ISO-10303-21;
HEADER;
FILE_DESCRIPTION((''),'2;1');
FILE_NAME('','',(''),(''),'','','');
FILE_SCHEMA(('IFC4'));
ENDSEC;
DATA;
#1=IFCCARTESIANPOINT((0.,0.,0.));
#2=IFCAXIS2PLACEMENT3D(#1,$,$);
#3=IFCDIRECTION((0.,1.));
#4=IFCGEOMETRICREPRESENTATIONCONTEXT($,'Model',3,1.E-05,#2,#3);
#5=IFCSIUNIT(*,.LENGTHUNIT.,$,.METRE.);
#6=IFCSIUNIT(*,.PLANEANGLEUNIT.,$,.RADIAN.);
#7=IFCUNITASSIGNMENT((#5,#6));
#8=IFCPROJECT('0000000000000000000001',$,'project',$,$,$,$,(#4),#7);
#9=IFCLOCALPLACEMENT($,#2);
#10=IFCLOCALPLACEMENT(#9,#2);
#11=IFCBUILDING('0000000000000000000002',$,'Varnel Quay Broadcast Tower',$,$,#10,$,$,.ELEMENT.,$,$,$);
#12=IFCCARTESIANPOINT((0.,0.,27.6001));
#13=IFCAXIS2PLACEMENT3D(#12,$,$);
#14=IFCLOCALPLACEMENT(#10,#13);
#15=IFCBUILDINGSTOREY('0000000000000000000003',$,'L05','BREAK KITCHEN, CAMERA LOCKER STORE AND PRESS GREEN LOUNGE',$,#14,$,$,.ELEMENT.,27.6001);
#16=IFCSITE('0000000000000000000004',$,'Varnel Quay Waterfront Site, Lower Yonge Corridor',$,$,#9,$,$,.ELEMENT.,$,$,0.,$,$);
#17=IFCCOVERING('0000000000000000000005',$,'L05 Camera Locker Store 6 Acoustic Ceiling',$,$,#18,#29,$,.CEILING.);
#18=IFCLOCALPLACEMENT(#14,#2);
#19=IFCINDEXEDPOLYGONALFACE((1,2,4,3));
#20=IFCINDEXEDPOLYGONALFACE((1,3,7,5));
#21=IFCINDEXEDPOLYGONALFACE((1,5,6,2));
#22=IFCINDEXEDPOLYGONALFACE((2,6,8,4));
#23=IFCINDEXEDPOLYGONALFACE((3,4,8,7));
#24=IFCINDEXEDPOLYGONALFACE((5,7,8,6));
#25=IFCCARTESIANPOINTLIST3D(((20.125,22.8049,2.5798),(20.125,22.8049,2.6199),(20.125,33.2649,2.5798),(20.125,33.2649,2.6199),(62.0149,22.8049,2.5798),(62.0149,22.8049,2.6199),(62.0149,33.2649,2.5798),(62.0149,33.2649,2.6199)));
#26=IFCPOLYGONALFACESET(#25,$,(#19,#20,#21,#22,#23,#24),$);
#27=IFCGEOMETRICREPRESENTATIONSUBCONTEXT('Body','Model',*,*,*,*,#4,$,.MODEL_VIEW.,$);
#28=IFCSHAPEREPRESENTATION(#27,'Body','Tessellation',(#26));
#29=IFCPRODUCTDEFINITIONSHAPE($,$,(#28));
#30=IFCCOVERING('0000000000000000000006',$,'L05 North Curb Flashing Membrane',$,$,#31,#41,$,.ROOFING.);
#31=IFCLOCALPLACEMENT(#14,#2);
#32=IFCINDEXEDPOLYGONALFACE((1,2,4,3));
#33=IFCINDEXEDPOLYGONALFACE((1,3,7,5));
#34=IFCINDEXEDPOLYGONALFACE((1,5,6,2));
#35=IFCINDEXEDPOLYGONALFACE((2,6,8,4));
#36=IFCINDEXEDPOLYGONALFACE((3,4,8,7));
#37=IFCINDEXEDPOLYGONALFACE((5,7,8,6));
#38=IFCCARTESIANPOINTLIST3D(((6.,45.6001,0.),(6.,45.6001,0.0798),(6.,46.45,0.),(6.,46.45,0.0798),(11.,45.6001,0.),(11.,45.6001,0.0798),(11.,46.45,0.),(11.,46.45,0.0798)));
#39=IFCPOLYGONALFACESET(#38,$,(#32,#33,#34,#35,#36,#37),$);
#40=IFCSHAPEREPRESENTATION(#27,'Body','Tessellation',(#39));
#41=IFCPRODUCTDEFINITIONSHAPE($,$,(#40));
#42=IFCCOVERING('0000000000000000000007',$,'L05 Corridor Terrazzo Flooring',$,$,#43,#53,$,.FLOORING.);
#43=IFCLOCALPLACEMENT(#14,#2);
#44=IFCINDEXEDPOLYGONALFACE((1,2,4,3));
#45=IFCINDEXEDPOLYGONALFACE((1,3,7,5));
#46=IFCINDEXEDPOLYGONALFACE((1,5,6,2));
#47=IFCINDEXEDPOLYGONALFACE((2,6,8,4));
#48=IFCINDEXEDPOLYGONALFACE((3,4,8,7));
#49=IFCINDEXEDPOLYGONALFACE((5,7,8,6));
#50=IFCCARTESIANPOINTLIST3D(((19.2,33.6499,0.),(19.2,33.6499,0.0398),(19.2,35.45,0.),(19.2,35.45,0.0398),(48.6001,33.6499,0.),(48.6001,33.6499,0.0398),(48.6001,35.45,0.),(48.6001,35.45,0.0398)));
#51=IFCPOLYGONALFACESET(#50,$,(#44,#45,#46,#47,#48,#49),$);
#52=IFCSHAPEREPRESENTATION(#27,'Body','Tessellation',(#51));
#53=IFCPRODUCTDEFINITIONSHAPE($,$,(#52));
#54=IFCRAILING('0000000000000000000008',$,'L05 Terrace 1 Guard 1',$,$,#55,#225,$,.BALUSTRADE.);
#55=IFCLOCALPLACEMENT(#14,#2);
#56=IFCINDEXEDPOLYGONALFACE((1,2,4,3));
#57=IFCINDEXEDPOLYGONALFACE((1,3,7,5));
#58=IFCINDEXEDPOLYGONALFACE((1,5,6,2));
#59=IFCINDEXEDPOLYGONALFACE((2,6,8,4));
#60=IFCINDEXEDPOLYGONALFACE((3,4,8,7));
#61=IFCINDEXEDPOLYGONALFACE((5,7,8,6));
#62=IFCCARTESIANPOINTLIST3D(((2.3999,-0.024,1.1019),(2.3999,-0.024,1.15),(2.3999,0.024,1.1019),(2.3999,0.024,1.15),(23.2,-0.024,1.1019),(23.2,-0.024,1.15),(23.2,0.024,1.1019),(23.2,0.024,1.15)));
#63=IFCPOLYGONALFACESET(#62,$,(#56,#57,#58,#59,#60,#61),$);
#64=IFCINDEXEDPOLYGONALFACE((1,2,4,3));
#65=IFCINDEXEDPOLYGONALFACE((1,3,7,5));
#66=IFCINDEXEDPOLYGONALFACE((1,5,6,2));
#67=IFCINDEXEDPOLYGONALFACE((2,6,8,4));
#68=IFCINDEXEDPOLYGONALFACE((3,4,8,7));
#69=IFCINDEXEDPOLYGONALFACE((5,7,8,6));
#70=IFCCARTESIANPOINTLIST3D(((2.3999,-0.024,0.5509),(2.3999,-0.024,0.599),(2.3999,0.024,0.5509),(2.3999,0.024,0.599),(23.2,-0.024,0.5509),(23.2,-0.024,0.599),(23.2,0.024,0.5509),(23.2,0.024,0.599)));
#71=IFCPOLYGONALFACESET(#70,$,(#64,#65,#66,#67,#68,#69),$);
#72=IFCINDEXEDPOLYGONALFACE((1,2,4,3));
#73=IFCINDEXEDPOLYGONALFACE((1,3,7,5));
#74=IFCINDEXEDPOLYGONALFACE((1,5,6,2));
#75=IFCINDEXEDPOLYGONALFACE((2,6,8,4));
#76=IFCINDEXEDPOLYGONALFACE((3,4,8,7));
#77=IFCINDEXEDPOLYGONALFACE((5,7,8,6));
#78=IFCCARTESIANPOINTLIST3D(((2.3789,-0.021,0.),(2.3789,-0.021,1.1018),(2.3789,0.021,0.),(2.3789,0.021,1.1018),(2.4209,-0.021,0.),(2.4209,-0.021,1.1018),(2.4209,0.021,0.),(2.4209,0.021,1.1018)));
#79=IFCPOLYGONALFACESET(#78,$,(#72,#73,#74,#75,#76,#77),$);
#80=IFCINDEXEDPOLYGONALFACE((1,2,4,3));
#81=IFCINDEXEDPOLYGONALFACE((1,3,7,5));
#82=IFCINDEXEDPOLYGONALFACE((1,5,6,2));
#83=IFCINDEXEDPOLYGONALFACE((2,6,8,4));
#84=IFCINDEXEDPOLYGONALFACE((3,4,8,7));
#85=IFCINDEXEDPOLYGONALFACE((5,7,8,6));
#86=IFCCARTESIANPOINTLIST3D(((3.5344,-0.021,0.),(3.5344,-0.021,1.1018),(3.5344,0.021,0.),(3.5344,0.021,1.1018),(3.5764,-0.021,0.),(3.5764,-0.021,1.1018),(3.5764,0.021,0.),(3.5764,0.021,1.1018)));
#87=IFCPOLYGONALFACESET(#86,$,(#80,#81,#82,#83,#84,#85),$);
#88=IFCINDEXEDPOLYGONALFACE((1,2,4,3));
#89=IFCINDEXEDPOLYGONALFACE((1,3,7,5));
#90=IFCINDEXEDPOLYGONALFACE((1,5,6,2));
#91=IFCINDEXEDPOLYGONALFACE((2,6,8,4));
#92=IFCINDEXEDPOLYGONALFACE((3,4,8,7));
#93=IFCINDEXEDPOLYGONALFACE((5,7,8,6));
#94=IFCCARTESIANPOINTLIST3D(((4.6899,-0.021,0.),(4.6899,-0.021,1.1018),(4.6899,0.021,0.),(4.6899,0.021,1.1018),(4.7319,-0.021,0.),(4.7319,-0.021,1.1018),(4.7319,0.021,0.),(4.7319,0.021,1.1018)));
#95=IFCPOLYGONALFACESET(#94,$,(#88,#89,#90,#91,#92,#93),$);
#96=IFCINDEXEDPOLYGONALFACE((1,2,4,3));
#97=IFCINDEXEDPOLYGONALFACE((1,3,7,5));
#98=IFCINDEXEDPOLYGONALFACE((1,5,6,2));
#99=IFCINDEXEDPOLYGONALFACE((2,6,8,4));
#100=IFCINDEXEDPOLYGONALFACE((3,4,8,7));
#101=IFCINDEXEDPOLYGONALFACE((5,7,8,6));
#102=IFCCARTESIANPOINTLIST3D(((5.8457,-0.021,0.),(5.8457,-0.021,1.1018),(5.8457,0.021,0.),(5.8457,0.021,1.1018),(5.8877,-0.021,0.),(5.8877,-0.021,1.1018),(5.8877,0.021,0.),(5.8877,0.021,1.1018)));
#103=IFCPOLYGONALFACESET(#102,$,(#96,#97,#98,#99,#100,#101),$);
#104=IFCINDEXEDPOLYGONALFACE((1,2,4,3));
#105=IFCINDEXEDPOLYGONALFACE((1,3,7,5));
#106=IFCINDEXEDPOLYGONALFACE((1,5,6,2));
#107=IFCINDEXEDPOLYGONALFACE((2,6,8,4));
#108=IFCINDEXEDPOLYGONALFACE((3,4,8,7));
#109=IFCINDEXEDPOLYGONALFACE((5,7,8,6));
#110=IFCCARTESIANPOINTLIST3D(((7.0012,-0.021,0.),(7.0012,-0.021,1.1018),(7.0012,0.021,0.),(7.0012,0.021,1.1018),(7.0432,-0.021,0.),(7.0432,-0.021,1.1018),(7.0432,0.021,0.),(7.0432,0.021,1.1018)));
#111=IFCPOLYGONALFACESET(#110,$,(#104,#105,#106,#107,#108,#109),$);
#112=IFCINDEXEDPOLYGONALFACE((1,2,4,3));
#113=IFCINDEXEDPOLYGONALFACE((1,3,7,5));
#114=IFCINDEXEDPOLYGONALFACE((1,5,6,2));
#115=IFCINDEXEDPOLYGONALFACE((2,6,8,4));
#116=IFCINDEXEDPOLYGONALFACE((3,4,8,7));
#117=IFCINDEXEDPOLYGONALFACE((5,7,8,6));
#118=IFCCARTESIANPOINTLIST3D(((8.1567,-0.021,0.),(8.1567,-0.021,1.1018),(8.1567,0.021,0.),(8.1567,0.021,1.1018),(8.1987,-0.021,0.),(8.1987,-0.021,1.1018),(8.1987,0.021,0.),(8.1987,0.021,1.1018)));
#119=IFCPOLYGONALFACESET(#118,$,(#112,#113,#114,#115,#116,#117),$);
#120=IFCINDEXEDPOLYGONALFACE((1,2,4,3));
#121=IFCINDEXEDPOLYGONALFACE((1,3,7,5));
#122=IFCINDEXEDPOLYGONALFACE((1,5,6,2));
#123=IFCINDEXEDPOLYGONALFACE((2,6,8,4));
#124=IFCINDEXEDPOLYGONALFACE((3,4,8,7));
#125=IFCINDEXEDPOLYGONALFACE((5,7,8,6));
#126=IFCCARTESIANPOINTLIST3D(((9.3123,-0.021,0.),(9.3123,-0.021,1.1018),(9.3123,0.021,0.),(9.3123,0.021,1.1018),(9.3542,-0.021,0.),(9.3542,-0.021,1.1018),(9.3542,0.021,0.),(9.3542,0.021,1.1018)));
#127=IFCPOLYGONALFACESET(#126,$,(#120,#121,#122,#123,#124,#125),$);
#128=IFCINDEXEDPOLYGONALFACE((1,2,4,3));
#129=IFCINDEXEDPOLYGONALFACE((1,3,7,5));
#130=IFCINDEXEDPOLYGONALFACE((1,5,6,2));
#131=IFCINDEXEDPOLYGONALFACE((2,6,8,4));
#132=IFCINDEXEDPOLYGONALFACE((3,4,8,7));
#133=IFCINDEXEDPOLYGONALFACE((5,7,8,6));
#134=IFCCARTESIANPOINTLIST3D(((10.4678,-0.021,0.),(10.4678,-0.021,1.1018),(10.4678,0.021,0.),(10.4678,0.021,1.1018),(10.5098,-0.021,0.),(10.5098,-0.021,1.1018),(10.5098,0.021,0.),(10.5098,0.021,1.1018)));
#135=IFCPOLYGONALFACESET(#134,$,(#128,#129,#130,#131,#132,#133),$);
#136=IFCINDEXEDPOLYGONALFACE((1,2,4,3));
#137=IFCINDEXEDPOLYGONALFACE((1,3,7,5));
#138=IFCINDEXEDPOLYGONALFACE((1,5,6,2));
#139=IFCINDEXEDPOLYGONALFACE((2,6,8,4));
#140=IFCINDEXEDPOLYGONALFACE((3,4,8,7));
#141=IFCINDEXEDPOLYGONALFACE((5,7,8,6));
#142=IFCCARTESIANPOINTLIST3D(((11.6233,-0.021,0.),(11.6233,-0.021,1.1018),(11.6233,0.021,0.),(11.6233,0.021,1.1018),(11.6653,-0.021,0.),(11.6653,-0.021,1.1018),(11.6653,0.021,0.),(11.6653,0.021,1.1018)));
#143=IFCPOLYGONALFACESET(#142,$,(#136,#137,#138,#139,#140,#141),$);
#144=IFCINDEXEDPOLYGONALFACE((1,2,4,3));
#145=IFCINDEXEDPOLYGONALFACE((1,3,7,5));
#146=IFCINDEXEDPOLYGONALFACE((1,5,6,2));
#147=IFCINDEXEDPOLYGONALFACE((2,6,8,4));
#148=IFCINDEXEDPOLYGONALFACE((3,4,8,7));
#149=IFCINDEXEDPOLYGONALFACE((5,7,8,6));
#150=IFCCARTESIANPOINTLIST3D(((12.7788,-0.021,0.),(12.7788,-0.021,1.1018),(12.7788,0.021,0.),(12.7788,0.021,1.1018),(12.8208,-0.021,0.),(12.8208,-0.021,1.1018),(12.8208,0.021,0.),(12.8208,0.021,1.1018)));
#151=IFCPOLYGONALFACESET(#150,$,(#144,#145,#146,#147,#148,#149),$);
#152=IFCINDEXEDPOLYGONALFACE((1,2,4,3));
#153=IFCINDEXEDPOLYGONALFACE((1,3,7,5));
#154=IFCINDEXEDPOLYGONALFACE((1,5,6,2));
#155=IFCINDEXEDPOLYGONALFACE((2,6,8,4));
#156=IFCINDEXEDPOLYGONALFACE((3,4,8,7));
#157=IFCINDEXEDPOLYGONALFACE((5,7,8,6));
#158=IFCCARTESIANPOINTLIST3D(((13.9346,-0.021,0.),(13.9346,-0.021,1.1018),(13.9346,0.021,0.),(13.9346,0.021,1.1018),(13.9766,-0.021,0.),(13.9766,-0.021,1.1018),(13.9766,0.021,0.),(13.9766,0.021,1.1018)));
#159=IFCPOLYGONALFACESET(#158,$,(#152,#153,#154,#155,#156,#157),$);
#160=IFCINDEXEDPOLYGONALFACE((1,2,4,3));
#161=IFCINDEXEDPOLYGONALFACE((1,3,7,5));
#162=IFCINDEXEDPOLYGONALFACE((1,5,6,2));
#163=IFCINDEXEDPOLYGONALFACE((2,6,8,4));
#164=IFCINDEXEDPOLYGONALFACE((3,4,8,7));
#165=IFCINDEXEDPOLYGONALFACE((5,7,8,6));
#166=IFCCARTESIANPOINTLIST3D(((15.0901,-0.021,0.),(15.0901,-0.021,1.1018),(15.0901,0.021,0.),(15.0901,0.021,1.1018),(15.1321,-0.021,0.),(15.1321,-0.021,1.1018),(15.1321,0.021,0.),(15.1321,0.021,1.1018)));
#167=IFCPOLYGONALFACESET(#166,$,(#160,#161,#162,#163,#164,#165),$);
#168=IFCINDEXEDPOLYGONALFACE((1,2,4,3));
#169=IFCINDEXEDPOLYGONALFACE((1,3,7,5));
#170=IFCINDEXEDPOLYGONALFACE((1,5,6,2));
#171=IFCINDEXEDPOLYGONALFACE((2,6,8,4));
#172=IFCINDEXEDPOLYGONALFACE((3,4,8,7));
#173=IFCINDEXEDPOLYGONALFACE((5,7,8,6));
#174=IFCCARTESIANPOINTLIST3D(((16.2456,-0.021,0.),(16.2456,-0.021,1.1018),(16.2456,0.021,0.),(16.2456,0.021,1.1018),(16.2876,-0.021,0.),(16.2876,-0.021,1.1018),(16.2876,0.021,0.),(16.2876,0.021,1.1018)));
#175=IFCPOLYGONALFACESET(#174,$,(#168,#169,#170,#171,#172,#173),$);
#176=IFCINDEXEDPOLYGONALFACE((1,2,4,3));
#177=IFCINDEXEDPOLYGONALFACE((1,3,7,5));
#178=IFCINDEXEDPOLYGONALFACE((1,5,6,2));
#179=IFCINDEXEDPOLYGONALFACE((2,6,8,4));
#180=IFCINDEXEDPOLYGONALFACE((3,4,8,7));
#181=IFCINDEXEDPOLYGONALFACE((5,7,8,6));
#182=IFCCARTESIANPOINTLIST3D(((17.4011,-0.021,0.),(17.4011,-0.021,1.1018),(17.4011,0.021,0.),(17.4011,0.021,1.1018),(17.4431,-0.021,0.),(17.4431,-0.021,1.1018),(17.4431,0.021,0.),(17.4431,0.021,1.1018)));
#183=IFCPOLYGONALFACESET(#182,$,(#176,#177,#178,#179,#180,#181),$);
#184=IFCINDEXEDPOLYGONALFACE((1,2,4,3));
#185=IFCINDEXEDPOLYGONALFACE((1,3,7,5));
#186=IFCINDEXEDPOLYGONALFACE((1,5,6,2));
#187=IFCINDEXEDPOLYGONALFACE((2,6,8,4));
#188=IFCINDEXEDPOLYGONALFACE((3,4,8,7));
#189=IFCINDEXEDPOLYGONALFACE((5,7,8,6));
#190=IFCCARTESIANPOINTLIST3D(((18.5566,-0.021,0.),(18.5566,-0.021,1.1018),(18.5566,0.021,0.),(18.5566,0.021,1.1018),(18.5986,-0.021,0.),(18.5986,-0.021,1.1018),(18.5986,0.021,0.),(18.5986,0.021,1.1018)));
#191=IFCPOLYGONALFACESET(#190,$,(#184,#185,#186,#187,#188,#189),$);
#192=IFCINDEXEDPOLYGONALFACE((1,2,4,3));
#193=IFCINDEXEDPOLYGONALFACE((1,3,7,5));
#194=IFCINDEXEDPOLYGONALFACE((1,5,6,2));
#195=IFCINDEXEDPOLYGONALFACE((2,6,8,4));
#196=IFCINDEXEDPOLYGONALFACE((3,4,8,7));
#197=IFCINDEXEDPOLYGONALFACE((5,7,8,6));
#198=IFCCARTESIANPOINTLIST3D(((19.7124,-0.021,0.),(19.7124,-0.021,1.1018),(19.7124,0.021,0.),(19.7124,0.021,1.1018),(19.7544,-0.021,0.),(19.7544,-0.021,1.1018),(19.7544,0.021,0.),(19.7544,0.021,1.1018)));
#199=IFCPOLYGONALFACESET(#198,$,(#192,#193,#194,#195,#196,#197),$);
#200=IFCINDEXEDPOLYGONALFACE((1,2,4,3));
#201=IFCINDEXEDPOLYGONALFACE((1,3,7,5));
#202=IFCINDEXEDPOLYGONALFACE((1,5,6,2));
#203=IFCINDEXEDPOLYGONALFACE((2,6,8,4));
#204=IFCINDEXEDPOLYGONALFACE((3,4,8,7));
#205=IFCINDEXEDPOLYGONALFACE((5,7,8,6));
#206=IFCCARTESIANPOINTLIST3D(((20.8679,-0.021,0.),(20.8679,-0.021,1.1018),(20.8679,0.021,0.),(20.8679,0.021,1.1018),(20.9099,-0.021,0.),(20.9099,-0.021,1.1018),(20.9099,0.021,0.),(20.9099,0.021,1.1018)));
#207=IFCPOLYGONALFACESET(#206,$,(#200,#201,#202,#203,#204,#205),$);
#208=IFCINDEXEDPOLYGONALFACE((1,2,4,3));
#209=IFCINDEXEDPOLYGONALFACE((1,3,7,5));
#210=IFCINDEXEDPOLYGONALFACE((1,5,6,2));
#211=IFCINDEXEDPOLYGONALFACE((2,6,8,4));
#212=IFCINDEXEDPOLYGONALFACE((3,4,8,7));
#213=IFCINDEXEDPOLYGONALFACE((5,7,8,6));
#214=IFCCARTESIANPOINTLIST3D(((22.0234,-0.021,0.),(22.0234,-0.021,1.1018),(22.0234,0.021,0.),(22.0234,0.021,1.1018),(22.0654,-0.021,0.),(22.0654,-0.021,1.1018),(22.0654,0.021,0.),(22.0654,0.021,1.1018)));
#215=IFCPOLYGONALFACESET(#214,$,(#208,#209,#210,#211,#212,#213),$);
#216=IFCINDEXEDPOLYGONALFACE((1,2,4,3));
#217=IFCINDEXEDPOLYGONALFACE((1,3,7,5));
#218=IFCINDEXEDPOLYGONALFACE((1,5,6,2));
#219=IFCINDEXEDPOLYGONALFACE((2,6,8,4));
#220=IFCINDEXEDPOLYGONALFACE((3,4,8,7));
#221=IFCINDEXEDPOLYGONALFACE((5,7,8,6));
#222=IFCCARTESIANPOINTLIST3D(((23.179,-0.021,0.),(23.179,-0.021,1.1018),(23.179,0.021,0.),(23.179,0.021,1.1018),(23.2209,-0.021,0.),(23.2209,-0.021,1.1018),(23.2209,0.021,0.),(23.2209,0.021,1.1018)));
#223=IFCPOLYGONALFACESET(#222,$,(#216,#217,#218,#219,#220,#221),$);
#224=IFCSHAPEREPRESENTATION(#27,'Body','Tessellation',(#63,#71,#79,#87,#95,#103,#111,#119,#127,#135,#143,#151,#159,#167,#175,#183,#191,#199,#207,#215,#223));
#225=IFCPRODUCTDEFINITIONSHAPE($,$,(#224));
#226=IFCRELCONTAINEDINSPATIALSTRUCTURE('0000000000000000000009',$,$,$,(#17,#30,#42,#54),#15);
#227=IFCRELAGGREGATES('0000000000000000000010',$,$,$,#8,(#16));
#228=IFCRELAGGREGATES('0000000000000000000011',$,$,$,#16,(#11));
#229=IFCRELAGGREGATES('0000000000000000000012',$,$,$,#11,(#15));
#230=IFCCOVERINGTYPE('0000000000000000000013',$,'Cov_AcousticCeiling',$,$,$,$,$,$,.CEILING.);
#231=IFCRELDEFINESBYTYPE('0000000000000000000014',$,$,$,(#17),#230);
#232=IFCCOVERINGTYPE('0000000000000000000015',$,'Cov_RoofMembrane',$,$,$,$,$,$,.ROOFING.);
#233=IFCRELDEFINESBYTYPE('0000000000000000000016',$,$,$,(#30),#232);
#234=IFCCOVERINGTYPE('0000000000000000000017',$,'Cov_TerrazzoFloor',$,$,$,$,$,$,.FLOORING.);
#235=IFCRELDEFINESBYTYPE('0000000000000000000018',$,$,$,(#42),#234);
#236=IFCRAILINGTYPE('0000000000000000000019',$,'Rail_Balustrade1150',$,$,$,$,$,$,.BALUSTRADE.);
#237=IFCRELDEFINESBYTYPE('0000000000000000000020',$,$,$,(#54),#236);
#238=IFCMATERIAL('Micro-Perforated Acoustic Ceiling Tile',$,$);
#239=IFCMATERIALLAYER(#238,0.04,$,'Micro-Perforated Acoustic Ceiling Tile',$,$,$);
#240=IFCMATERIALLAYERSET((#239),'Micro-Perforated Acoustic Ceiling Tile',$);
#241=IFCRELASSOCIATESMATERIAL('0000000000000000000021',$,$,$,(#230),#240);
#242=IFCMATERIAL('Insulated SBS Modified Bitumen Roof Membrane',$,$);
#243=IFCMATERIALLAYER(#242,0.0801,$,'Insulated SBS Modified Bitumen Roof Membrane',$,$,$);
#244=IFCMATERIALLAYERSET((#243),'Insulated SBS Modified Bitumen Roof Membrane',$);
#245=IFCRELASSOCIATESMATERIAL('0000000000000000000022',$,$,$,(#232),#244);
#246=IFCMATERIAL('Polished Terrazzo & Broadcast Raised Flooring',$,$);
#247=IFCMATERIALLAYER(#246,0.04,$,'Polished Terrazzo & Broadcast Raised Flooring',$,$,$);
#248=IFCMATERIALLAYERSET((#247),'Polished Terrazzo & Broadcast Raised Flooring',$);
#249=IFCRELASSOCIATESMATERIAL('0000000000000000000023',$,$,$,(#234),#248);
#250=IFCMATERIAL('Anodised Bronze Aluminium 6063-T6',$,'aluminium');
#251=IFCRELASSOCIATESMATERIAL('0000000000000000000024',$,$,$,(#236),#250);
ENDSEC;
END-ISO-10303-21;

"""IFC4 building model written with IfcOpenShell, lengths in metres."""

from ifc_helpers import new_model, si_unit, direction, frame, origin, origin_2d, place, context, subcontext, project, spatial, polyline, rectangle, outline, extrude, material, layer, layer_set, type_object, element, save


model = new_model("IFC4")

# Units and contexts
model_context = context("Model", 3, precision=1e-05, world=origin(), true_north=direction((0.0, 1.0)))
body_context = subcontext(model_context, "Body", "Model", "MODEL_VIEW")
ifc_project = project(units=[si_unit("LENGTHUNIT", "METRE"), si_unit("PLANEANGLEUNIT", "RADIAN")], contexts=[model_context])

# Site, building, storey
site_placement = place(None, origin())
site = spatial("IfcSite", under=ifc_project, at=site_placement, Name="Varnel Quay Waterfront Site, Lower Yonge Corridor", CompositionType="ELEMENT", RefElevation=0.0)
building_placement = place(site_placement, origin())
building = spatial("IfcBuilding", under=site, at=building_placement, Name="Varnel Quay Broadcast Tower", CompositionType="ELEMENT")
storey_placement = place(building_placement, frame((0.0, 0.0, 27.6001)))
storey = spatial("IfcBuildingStorey", under=building, at=storey_placement, Name="L05", Description="BREAK KITCHEN, CAMERA LOCKER STORE AND PRESS GREEN LOUNGE", CompositionType="ELEMENT", Elevation=27.6001)

# Shared definitions
ifc_material_1 = material(Name="Anodised Bronze Aluminium 6063-T6", Category="aluminium")

# Coverings
ifc_material_2 = material(Name="Micro-Perforated Acoustic Ceiling Tile")
ifc_layer_1 = layer(ifc_material_2, 0.04, Name="Micro-Perforated Acoustic Ceiling Tile")
ifc_layer_set_1 = layer_set([ifc_layer_1], Name="Micro-Perforated Acoustic Ceiling Tile")
covering_type_1 = type_object("IfcCoveringType", Name="Cov_AcousticCeiling", PredefinedType="CEILING", material=ifc_layer_set_1)
covering_1_placement = place(storey_placement, frame((0.0, 0.0, 2.5798)))
element("IfcCovering", 1, at=covering_1_placement, inside=storey, type_object=covering_type_1, Name="L05 Camera Locker Store 6 Acoustic Ceiling", PredefinedType="CEILING", context=body_context, shape_type="SweptSolid", body=[
    extrude(outline(polyline([(20.125, 22.8049), (62.0149, 22.8049), (62.0149, 33.2649), (20.125, 33.2649), (20.125, 22.8049)])), origin(), (0.0, 0.0, 1.0), 0.04),
])
ifc_material_3 = material(Name="Insulated SBS Modified Bitumen Roof Membrane")
ifc_layer_2 = layer(ifc_material_3, 0.0801, Name="Insulated SBS Modified Bitumen Roof Membrane")
ifc_layer_set_2 = layer_set([ifc_layer_2], Name="Insulated SBS Modified Bitumen Roof Membrane")
covering_type_2 = type_object("IfcCoveringType", Name="Cov_RoofMembrane", PredefinedType="ROOFING", material=ifc_layer_set_2)
covering_2_placement = place(storey_placement, origin())
element("IfcCovering", 2, at=covering_2_placement, inside=storey, type_object=covering_type_2, Name="L05 North Curb Flashing Membrane", PredefinedType="ROOFING", context=body_context, shape_type="SweptSolid", body=[
    extrude(outline(polyline([(6.0, 45.6001), (11.0, 45.6001), (11.0, 46.45), (6.0, 46.45), (6.0, 45.6001)])), origin(), (0.0, 0.0, 1.0), 0.0798),
])
ifc_material_4 = material(Name="Polished Terrazzo & Broadcast Raised Flooring")
ifc_layer_3 = layer(ifc_material_4, 0.04, Name="Polished Terrazzo & Broadcast Raised Flooring")
ifc_layer_set_3 = layer_set([ifc_layer_3], Name="Polished Terrazzo & Broadcast Raised Flooring")
covering_type_3 = type_object("IfcCoveringType", Name="Cov_TerrazzoFloor", PredefinedType="FLOORING", material=ifc_layer_set_3)
covering_3_placement = place(storey_placement, origin())
element("IfcCovering", 3, at=covering_3_placement, inside=storey, type_object=covering_type_3, Name="L05 Corridor Terrazzo Flooring", PredefinedType="FLOORING", context=body_context, shape_type="SweptSolid", body=[
    extrude(outline(polyline([(19.2, 33.6499), (48.6001, 33.6499), (48.6001, 35.45), (19.2, 35.45), (19.2, 33.6499)])), origin(), (0.0, 0.0, 1.0), 0.0398),
])

# Railing
railing_type = type_object("IfcRailingType", Name="Rail_Balustrade1150", PredefinedType="BALUSTRADE", material=ifc_material_1)
railing_1_placement = place(storey_placement, frame((2.3999, 0.0, 0.0)))
element("IfcRailing", 4, at=railing_1_placement, inside=storey, type_object=railing_type, Name="L05 Terrace 1 Guard 1", PredefinedType="BALUSTRADE", context=body_context, shape_type="SweptSolid", body=[
    extrude(rectangle(XDim=0.0481, YDim=0.0481, at=origin_2d()), frame((0.0, 0.0, 1.126), z_axis=(1.0, 0.0, 0.0), x_axis=(0.0, 1.0, 0.0)), (0.0, 0.0, 1.0), 20.8),
    extrude(rectangle(XDim=0.0481, YDim=0.0481, at=origin_2d()), frame((0.0, 0.0, 0.575), z_axis=(1.0, 0.0, 0.0), x_axis=(0.0, 1.0, 0.0)), (0.0, 0.0, 1.0), 20.8),
    extrude(rectangle(XDim=0.042, YDim=0.042, at=origin_2d()), origin(), (0.0, 0.0, 1.0), 1.1018),
    extrude(rectangle(XDim=0.042, YDim=0.042, at=origin_2d()), frame((1.1555, 0.0, 0.0)), (0.0, 0.0, 1.0), 1.1018),
    extrude(rectangle(XDim=0.042, YDim=0.042, at=origin_2d()), frame((2.311, 0.0, 0.0)), (0.0, 0.0, 1.0), 1.1018),
    extrude(rectangle(XDim=0.042, YDim=0.042, at=origin_2d()), frame((3.4668, 0.0, 0.0)), (0.0, 0.0, 1.0), 1.1018),
    extrude(rectangle(XDim=0.042, YDim=0.042, at=origin_2d()), frame((4.6223, 0.0, 0.0)), (0.0, 0.0, 1.0), 1.1018),
    extrude(rectangle(XDim=0.042, YDim=0.042, at=origin_2d()), frame((5.7778, 0.0, 0.0)), (0.0, 0.0, 1.0), 1.1018),
    extrude(rectangle(XDim=0.042, YDim=0.042, at=origin_2d()), frame((6.9333, 0.0, 0.0)), (0.0, 0.0, 1.0), 1.1018),
    extrude(rectangle(XDim=0.042, YDim=0.042, at=origin_2d()), frame((8.0889, 0.0, 0.0)), (0.0, 0.0, 1.0), 1.1018),
    extrude(rectangle(XDim=0.042, YDim=0.042, at=origin_2d()), frame((9.2444, 0.0, 0.0)), (0.0, 0.0, 1.0), 1.1018),
    extrude(rectangle(XDim=0.042, YDim=0.042, at=origin_2d()), frame((10.3999, 0.0, 0.0)), (0.0, 0.0, 1.0), 1.1018),
    extrude(rectangle(XDim=0.042, YDim=0.042, at=origin_2d()), frame((11.5557, 0.0, 0.0)), (0.0, 0.0, 1.0), 1.1018),
    extrude(rectangle(XDim=0.042, YDim=0.042, at=origin_2d()), frame((12.7112, 0.0, 0.0)), (0.0, 0.0, 1.0), 1.1018),
    extrude(rectangle(XDim=0.042, YDim=0.042, at=origin_2d()), frame((13.8667, 0.0, 0.0)), (0.0, 0.0, 1.0), 1.1018),
    extrude(rectangle(XDim=0.042, YDim=0.042, at=origin_2d()), frame((15.0222, 0.0, 0.0)), (0.0, 0.0, 1.0), 1.1018),
    extrude(rectangle(XDim=0.042, YDim=0.042, at=origin_2d()), frame((16.1777, 0.0, 0.0)), (0.0, 0.0, 1.0), 1.1018),
    extrude(rectangle(XDim=0.042, YDim=0.042, at=origin_2d()), frame((17.3335, 0.0, 0.0)), (0.0, 0.0, 1.0), 1.1018),
    extrude(rectangle(XDim=0.042, YDim=0.042, at=origin_2d()), frame((18.489, 0.0, 0.0)), (0.0, 0.0, 1.0), 1.1018),
    extrude(rectangle(XDim=0.042, YDim=0.042, at=origin_2d()), frame((19.6445, 0.0, 0.0)), (0.0, 0.0, 1.0), 1.1018),
    extrude(rectangle(XDim=0.042, YDim=0.042, at=origin_2d()), frame((20.8, 0.0, 0.0)), (0.0, 0.0, 1.0), 1.1018),
])

save(model, "model.ifc")
